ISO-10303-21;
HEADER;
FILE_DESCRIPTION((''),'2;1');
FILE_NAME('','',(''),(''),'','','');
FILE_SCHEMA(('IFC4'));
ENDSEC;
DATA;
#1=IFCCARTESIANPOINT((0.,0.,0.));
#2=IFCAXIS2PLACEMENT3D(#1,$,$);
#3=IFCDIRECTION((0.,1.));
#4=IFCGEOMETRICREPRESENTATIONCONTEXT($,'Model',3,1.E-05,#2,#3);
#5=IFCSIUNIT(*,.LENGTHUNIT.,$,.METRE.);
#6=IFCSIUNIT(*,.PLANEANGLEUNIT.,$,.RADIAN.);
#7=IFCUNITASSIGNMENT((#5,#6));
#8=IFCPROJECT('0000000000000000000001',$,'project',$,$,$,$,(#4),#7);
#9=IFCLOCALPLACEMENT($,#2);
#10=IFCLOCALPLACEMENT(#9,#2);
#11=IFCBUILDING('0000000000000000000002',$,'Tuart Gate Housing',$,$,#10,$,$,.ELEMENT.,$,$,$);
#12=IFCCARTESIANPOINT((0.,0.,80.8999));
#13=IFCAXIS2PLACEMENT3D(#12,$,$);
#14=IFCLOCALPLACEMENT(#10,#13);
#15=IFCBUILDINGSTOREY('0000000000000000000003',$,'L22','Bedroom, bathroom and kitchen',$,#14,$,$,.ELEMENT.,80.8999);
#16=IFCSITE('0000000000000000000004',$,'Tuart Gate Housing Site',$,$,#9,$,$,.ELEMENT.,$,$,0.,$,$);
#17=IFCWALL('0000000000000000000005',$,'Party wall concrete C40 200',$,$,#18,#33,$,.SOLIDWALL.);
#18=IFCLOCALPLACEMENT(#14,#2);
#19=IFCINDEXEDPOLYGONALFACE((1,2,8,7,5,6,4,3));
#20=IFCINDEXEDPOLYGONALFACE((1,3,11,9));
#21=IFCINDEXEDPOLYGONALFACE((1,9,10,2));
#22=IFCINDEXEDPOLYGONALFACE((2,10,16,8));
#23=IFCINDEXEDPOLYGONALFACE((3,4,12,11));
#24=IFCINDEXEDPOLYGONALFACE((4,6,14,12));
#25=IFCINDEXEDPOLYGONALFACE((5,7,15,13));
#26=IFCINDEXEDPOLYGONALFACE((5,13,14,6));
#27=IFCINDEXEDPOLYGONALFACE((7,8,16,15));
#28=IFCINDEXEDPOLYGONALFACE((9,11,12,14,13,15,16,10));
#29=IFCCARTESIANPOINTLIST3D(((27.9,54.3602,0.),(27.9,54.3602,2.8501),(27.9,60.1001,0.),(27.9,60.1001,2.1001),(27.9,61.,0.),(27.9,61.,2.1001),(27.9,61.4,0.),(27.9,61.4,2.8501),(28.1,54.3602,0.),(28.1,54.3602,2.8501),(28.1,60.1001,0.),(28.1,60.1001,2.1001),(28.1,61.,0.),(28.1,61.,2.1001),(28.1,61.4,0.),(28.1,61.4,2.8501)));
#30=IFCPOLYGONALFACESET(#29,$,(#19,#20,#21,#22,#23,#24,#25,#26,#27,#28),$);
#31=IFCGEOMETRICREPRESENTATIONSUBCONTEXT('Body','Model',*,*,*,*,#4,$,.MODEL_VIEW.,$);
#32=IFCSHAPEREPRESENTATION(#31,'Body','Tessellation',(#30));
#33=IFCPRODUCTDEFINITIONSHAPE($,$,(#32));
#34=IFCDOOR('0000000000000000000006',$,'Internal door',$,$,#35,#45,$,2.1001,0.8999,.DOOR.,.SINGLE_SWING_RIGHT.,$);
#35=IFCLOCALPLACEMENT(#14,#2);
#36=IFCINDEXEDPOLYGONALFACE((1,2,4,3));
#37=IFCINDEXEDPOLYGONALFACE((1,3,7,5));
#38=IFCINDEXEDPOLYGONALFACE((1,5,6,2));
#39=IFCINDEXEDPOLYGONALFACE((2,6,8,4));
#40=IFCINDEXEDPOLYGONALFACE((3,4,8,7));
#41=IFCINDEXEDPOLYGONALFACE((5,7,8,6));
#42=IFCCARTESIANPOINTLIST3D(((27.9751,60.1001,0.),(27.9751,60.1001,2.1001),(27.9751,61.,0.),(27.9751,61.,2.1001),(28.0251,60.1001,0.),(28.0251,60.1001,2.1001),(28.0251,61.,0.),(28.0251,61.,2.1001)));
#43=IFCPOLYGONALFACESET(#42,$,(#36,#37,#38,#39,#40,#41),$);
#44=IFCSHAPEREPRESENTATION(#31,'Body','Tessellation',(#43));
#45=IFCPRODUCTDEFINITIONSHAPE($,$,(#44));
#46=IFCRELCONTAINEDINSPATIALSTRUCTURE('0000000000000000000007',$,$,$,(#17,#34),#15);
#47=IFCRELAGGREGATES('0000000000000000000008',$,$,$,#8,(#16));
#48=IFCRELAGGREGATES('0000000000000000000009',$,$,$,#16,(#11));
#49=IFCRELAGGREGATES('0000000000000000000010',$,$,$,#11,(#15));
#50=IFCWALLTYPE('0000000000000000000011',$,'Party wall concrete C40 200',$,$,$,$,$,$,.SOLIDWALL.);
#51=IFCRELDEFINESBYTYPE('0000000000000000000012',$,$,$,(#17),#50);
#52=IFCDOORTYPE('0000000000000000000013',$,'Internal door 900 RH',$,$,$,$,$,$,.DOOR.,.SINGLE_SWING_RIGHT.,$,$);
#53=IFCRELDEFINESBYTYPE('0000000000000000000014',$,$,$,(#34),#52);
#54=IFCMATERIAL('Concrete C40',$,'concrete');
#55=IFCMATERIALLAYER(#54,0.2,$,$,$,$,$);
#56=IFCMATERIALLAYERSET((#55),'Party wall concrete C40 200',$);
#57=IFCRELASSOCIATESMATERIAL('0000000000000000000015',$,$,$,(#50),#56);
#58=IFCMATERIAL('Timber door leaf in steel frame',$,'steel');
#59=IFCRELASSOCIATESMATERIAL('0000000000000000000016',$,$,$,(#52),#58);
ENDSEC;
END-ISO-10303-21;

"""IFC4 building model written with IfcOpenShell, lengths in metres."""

from ifc_helpers import new_model, si_unit, direction, frame, frame_2d, origin, place, context, subcontext, project, spatial, rectangle, extrude, material, layer, layer_set, type_object, element, fill, save


model = new_model("IFC4")

# Units and contexts
model_context = context("Model", 3, precision=1e-05, world=origin(), true_north=direction((0.0, 1.0)))
body_context = subcontext(model_context, "Body", "Model", "MODEL_VIEW")
ifc_project = project(units=[si_unit("LENGTHUNIT", "METRE"), si_unit("PLANEANGLEUNIT", "RADIAN")], contexts=[model_context])

# Site, building, storey
site_placement = place(None, origin())
site = spatial("IfcSite", under=ifc_project, at=site_placement, Name="Tuart Gate Housing Site", CompositionType="ELEMENT", RefElevation=0.0)
building_placement = place(site_placement, origin())
building = spatial("IfcBuilding", under=site, at=building_placement, Name="Tuart Gate Housing", CompositionType="ELEMENT")
storey_placement = place(building_placement, frame((0.0, 0.0, 80.8999)))
storey = spatial("IfcBuildingStorey", under=building, at=storey_placement, Name="L22", Description="Bedroom, bathroom and kitchen", CompositionType="ELEMENT", Elevation=80.8999)

# Wall, opening, door
ifc_material_1 = material(Name="Concrete C40", Category="concrete")
ifc_layer_1 = layer(ifc_material_1, 0.2)
ifc_layer_set_1 = layer_set([ifc_layer_1], Name="Party wall concrete C40 200")
wall_type_1 = type_object("IfcWallType", Name="Party wall concrete C40 200", PredefinedType="SOLIDWALL", material=ifc_layer_set_1)
wall_1_placement = place(storey_placement, frame((28.0, 54.3601, 0.0), z_axis=(0.0, 0.0, 1.0), x_axis=(0.0, 1.0, 0.0)))
wall_1 = element("IfcWall", 1, at=wall_1_placement, inside=storey, type_object=wall_type_1, Name="Party wall concrete C40 200", PredefinedType="SOLIDWALL", context=body_context, shape_type="SweptSolid", body=[
    extrude(rectangle(XDim=7.0398, YDim=0.2, at=frame_2d((3.52, 0.0))), origin(), (0.0, 0.0, 1.0), 2.8501),
])
opening_1_placement = place(wall_1_placement, frame((5.74, 0.0, 0.0)))
opening_1 = element("IfcOpeningElement", 2, at=opening_1_placement, cuts=wall_1, PredefinedType="OPENING", context=body_context, shape_type="SweptSolid", body=[
    extrude(rectangle(XDim=0.8999, YDim=2.1001, at=frame_2d((0.45, 1.05))), frame((0.0, 0.1099, 0.0), z_axis=(0.0, -1.0, 0.0), x_axis=(1.0, 0.0, 0.0)), (0.0, 0.0, 1.0), 0.22),
])
ifc_material_2 = material(Name="Timber door leaf in steel frame", Category="steel")
door_type = type_object("IfcDoorType", Name="Internal door 900 RH", OperationType="SINGLE_SWING_RIGHT", PredefinedType="DOOR", material=ifc_material_2)
door_placement = place(opening_1_placement, origin())
door = element("IfcDoor", 3, at=door_placement, inside=storey, type_object=door_type, Name="Internal door", OperationType="SINGLE_SWING_RIGHT", OverallHeight=2.1001, OverallWidth=0.8999, PredefinedType="DOOR", context=body_context, shape_type="SweptSolid", body=[
    extrude(rectangle(XDim=0.8999, YDim=2.1001, at=frame_2d((0.45, 1.05))), frame((0.0, 0.0249, 0.0), z_axis=(0.0, -1.0, 0.0), x_axis=(1.0, 0.0, 0.0)), (0.0, 0.0, 1.0), 0.05),
])
fill(opening_1, door)

save(model, "model.ifc")
